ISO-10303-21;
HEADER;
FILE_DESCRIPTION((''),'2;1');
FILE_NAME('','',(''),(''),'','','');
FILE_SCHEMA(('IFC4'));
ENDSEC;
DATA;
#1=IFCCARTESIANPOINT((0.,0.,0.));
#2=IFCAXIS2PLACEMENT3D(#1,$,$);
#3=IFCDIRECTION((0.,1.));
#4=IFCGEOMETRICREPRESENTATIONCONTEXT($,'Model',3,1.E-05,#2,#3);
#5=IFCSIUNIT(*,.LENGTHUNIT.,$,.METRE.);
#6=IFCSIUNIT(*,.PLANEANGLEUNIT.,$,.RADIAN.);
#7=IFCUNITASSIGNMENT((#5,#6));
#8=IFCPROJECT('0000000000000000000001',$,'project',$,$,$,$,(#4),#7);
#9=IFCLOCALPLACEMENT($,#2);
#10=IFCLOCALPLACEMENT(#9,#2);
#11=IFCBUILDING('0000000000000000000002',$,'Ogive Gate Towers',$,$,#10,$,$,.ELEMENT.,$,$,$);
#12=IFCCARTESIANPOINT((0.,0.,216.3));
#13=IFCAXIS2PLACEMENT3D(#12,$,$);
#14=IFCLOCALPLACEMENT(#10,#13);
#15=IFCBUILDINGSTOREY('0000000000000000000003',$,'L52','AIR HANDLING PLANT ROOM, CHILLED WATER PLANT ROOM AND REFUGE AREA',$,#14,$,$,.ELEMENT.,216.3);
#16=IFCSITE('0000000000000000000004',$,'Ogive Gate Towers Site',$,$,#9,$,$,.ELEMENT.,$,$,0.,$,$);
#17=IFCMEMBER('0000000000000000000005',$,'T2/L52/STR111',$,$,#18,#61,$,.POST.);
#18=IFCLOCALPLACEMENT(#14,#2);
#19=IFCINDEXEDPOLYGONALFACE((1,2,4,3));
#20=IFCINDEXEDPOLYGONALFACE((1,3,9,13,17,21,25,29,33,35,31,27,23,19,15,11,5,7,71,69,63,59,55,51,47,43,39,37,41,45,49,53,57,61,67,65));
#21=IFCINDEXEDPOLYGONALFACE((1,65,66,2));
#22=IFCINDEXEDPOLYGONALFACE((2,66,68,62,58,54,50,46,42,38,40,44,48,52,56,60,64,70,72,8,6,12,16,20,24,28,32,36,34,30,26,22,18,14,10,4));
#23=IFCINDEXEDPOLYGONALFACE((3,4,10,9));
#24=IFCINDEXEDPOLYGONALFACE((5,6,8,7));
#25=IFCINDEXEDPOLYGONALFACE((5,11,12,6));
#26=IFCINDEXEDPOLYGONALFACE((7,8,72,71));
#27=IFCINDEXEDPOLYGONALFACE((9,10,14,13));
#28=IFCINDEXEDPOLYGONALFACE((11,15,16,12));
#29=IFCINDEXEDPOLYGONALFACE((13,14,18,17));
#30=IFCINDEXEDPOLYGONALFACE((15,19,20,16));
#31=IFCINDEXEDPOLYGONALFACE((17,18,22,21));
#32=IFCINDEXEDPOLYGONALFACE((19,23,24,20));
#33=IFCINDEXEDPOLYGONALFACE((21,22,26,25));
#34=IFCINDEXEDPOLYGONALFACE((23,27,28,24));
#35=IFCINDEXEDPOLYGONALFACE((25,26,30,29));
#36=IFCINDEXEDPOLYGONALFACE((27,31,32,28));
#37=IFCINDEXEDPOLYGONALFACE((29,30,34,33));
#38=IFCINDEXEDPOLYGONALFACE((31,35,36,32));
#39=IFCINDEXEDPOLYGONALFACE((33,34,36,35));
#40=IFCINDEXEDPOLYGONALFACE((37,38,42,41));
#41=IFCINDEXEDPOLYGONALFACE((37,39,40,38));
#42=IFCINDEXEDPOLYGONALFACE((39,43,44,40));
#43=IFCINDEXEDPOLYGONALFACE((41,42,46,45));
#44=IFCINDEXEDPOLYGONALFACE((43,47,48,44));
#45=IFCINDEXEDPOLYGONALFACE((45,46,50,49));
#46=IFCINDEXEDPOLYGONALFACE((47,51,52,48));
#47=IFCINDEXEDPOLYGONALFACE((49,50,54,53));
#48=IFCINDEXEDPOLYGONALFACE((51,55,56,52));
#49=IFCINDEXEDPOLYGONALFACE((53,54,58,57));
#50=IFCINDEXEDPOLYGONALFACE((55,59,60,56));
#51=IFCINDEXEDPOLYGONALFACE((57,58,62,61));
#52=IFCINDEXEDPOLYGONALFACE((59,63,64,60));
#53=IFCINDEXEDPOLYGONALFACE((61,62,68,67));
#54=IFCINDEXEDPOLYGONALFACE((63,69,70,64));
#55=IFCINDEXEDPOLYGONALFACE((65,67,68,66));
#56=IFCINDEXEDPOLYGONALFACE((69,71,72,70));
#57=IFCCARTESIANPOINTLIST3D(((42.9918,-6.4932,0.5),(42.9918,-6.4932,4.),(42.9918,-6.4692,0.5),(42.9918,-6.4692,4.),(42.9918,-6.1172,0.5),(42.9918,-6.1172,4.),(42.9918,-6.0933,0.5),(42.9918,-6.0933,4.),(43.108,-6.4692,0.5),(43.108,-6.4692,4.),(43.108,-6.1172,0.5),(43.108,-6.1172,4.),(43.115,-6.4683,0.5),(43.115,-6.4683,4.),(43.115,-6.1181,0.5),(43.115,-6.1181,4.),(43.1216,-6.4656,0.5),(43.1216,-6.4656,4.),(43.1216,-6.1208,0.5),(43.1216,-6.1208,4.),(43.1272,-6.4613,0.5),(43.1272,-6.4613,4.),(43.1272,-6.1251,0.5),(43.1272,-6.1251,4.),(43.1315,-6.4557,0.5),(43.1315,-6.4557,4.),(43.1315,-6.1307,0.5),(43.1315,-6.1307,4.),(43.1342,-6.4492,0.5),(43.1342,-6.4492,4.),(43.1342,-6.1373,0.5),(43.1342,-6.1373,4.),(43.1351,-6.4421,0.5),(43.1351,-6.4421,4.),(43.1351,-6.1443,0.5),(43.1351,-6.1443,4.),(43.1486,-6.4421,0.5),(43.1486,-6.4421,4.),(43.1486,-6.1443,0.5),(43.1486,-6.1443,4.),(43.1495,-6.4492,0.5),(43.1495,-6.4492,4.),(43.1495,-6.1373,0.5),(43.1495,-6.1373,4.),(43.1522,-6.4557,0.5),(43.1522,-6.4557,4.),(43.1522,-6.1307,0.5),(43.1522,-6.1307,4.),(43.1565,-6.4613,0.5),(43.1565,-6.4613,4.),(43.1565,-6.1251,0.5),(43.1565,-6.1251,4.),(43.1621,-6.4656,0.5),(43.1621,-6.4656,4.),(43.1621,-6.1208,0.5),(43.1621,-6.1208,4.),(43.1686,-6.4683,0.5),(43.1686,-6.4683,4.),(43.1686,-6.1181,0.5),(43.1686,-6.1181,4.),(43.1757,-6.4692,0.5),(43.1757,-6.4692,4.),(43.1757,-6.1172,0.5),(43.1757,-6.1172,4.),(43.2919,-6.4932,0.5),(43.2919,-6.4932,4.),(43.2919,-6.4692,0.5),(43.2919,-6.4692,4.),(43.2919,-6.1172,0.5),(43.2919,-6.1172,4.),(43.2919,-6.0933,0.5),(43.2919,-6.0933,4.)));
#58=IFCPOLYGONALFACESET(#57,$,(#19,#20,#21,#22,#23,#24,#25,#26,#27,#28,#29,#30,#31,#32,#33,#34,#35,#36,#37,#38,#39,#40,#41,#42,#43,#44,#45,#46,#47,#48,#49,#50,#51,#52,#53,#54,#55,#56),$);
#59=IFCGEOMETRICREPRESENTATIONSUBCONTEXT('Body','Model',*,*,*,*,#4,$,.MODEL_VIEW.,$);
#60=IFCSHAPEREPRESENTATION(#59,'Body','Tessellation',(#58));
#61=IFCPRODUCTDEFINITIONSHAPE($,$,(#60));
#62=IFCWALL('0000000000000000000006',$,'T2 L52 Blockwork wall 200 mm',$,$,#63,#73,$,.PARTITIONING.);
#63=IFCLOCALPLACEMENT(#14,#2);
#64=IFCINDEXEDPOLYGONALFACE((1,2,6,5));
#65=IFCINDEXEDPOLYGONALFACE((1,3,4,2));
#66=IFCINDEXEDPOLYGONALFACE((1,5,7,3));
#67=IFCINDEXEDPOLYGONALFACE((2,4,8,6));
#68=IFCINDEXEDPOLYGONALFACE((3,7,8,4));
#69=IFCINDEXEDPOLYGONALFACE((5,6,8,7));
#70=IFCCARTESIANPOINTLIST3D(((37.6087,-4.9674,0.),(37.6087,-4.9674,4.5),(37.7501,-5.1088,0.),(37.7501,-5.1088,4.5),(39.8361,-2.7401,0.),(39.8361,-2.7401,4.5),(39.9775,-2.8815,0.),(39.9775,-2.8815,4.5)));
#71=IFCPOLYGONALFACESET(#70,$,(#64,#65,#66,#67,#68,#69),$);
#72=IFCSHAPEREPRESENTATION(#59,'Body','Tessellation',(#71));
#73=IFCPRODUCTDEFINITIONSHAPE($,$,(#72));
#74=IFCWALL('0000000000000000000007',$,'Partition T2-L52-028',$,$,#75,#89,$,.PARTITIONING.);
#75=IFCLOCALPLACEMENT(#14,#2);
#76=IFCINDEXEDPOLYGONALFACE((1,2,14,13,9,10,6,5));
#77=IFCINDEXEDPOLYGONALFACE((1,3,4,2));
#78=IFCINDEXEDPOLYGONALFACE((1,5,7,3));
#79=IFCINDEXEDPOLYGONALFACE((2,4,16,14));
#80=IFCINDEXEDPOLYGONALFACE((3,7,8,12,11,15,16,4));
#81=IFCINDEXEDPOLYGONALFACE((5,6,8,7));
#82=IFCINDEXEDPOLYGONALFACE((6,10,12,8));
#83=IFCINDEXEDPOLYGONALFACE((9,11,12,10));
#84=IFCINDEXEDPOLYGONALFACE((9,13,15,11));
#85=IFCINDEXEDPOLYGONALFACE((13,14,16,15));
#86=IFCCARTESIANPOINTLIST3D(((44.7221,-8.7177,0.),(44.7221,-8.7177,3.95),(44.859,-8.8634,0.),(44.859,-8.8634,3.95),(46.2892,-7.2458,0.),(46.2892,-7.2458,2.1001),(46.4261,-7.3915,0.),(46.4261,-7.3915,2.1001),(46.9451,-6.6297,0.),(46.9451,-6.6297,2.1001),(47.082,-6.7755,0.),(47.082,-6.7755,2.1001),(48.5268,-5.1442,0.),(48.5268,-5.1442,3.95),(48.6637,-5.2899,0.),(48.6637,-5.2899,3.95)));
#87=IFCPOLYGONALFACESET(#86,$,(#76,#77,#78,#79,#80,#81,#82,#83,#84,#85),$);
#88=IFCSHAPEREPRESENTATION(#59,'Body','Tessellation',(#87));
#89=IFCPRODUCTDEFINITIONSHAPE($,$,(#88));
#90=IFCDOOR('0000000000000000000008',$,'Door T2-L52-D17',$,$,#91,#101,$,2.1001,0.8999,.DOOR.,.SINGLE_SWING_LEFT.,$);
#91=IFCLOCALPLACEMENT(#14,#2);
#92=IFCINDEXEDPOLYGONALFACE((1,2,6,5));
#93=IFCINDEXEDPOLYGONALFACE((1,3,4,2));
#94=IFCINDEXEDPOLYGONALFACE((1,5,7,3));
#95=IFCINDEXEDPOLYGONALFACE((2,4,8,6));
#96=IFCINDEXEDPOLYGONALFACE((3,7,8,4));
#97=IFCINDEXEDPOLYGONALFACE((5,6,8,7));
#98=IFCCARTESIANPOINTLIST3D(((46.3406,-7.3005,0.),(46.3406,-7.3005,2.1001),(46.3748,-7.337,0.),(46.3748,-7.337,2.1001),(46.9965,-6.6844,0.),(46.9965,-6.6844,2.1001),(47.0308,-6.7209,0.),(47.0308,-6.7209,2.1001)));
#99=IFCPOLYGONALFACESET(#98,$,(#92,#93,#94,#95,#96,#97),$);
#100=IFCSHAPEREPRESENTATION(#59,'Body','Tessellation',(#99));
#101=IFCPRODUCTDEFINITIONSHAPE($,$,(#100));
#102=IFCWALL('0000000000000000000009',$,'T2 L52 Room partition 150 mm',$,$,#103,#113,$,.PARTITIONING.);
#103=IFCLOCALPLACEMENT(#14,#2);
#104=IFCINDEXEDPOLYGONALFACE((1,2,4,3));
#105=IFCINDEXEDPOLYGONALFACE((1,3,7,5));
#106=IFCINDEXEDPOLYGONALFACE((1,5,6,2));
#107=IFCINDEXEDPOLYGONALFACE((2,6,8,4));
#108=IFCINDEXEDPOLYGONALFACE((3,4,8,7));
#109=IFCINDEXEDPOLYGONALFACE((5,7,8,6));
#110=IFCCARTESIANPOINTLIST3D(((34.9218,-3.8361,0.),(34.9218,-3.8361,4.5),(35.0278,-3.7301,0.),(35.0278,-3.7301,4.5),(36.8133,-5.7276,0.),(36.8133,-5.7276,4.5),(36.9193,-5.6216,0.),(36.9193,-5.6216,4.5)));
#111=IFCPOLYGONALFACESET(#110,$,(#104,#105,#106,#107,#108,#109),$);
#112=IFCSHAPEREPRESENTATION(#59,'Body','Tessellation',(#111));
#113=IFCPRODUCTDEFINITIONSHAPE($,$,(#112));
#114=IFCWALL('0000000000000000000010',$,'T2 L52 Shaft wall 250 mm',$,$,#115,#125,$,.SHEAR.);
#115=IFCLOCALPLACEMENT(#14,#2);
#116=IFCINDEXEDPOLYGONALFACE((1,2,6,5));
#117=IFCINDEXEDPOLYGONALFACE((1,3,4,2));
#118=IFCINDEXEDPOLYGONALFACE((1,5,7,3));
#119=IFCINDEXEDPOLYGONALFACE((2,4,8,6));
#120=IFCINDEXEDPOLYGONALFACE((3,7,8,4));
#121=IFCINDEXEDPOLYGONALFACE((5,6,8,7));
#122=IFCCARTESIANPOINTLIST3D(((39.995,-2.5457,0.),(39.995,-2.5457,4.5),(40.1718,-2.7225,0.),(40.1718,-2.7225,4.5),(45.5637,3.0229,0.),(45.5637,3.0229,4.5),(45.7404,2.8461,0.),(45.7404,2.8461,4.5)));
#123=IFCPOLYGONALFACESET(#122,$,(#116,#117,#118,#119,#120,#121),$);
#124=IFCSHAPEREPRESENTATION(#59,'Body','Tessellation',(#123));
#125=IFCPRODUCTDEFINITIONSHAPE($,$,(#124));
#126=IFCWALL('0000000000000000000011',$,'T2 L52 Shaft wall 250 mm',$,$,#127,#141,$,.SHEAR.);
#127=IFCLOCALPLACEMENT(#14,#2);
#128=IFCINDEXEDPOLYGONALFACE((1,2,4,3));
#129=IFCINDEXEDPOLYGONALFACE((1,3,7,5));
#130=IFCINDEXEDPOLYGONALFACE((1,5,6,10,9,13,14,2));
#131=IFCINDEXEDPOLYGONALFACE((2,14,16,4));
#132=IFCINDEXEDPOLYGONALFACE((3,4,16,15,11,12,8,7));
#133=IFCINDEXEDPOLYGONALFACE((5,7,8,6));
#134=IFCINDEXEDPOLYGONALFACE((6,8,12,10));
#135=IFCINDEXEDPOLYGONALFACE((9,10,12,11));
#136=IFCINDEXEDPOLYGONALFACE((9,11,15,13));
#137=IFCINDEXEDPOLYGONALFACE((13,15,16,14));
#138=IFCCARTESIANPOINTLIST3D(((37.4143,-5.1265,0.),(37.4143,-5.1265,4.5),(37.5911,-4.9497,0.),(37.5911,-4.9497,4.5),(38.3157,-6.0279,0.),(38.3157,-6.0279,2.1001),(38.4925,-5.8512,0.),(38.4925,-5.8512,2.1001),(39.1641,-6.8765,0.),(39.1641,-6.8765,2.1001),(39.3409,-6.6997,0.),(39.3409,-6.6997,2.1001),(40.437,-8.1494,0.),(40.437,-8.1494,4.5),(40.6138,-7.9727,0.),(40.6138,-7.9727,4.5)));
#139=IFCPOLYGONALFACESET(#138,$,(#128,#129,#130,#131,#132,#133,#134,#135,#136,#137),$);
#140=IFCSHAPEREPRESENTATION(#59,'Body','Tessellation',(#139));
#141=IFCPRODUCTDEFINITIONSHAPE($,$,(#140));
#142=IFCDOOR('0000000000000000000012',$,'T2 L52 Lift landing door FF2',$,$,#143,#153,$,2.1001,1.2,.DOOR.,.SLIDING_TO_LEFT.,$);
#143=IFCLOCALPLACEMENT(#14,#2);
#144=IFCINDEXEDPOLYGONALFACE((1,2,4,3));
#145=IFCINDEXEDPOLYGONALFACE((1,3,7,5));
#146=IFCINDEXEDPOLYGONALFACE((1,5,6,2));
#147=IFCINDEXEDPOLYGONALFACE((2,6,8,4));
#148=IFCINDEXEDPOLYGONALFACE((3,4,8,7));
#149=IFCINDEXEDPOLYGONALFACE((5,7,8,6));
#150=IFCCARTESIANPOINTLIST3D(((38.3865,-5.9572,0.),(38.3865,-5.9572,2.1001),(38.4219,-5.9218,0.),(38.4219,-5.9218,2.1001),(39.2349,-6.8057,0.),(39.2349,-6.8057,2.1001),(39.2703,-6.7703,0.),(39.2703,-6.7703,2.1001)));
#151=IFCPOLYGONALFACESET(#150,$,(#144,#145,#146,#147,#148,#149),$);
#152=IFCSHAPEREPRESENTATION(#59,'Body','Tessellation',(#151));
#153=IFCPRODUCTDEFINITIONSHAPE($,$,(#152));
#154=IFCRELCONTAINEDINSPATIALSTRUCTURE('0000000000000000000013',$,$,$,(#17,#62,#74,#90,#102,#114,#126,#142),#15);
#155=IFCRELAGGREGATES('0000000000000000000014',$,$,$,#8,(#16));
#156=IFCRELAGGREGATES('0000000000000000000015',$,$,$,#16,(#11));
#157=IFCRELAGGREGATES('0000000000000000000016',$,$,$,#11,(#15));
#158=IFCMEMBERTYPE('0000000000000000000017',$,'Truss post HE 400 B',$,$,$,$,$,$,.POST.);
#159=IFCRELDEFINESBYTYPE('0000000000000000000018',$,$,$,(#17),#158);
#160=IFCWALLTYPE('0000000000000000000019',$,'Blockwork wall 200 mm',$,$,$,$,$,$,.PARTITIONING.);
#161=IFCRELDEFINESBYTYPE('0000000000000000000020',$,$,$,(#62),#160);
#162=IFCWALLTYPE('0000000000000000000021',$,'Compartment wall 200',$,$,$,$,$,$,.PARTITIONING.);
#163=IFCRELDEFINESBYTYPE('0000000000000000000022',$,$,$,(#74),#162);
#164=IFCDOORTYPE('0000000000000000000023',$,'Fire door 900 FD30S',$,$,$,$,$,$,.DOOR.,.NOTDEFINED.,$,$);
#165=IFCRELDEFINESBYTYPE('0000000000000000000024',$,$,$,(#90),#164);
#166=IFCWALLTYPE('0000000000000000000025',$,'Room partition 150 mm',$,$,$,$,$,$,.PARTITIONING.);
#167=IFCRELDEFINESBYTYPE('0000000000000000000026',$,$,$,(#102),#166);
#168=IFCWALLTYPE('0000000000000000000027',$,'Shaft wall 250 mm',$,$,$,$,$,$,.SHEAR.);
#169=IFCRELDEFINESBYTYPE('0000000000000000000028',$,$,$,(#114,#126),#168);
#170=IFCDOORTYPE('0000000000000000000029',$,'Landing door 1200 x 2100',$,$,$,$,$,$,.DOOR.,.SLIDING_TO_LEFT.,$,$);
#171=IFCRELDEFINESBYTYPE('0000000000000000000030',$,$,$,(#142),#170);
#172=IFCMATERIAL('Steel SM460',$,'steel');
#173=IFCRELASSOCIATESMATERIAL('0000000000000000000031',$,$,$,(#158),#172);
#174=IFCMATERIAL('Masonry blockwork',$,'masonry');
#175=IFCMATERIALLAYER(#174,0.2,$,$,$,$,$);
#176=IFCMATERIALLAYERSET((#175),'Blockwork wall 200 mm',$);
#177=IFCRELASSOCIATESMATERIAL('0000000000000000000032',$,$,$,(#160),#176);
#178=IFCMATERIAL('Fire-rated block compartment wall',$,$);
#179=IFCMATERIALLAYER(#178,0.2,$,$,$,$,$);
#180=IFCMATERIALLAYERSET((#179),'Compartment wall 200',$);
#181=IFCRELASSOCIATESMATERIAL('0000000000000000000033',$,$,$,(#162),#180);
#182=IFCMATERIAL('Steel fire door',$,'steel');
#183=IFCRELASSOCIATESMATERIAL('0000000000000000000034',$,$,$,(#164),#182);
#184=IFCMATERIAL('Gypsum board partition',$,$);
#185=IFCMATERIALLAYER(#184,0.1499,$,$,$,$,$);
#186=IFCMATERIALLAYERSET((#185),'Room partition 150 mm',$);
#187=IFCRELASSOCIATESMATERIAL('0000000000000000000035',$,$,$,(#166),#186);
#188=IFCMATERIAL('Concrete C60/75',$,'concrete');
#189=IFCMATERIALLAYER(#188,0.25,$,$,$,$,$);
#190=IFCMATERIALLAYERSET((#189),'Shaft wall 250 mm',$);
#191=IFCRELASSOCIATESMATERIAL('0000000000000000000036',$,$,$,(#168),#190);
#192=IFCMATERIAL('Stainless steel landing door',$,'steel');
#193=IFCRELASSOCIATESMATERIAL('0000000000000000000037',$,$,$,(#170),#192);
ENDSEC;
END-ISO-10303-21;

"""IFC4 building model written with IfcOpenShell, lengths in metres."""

from ifc_helpers import new_model, si_unit, direction, frame, frame_2d, origin, origin_2d, place, context, subcontext, project, spatial, rectangle, i_section, extrude, material, layer, layer_set, material_profile, profile_set, type_object, element, fill, save


model = new_model("IFC4")

# Units and contexts
model_context = context("Model", 3, precision=1e-05, world=origin(), true_north=direction((0.0, 1.0)))
body_context = subcontext(model_context, "Body", "Model", "MODEL_VIEW")
ifc_project = project(units=[si_unit("LENGTHUNIT", "METRE"), si_unit("PLANEANGLEUNIT", "RADIAN")], contexts=[model_context])

# Site, building, storey
site_placement = place(None, origin())
site = spatial("IfcSite", under=ifc_project, at=site_placement, Name="Ogive Gate Towers Site", CompositionType="ELEMENT", RefElevation=0.0)
building_placement = place(site_placement, origin())
building = spatial("IfcBuilding", under=site, at=building_placement, Name="Ogive Gate Towers", CompositionType="ELEMENT")
storey_placement = place(building_placement, frame((0.0, 0.0, 216.3)))
storey = spatial("IfcBuildingStorey", under=building, at=storey_placement, Name="L52", Description="AIR HANDLING PLANT ROOM, CHILLED WATER PLANT ROOM AND REFUGE AREA", CompositionType="ELEMENT", Elevation=216.3)

# Shared definitions
ifc_material_1 = material(Name="Steel SM460", Category="steel")

# Member
ifc_material_profile_1 = material_profile(ifc_material_1, i_section(OverallWidth=0.3, OverallDepth=0.3999, WebThickness=0.0134, FlangeThickness=0.0239, FilletRadius=0.0271, at=origin_2d()), Name="HE 400 B")
ifc_profile_set_1 = profile_set([ifc_material_profile_1], Name="Steel SM460")
member_type_1 = type_object("IfcMemberType", Name="Truss post HE 400 B", PredefinedType="POST", material=ifc_profile_set_1)
member_1_placement = place(storey_placement, frame((43.1418, -6.2932, 0.5), z_axis=(0.0, 0.0, 1.0), x_axis=(1.0, 0.0, 0.0)))
element("IfcMember", 1, at=member_1_placement, inside=storey, type_object=member_type_1, Name="T2/L52/STR111", PredefinedType="POST", context=body_context, shape_type="SweptSolid", body=[
    extrude(i_section(OverallWidth=0.3, OverallDepth=0.3999, WebThickness=0.0134, FlangeThickness=0.0239, FilletRadius=0.0271, at=origin_2d()), origin(), (0.0, 0.0, 1.0), 3.5),
])

# Wall
ifc_material_2 = material(Name="Masonry blockwork", Category="masonry")
ifc_layer_1 = layer(ifc_material_2, 0.2)
ifc_layer_set_1 = layer_set([ifc_layer_1], Name="Blockwork wall 200 mm")
wall_type_1 = type_object("IfcWallType", Name="Blockwork wall 200 mm", PredefinedType="PARTITIONING", material=ifc_layer_set_1)
wall_1_placement = place(storey_placement, frame((37.6794, -5.0381, 0.0), z_axis=(0.0, 0.0, 1.0), x_axis=(0.707107, 0.707107, 0.0)))
element("IfcWall", 2, at=wall_1_placement, inside=storey, type_object=wall_type_1, Name="T2 L52 Blockwork wall 200 mm", PredefinedType="PARTITIONING", context=body_context, shape_type="SweptSolid", body=[
    extrude(rectangle(XDim=3.1499, YDim=0.2, at=frame_2d((1.575, 0.0))), origin(), (0.0, 0.0, 1.0), 4.5),
])

# Wall, opening, door
ifc_material_3 = material(Name="Fire-rated block compartment wall")
ifc_layer_2 = layer(ifc_material_3, 0.2)
ifc_layer_set_2 = layer_set([ifc_layer_2], Name="Compartment wall 200")
wall_type_2 = type_object("IfcWallType", Name="Compartment wall 200", PredefinedType="PARTITIONING", material=ifc_layer_set_2)
wall_2_placement = place(storey_placement, frame((44.7905, -8.7905, 0.0), z_axis=(0.0, 0.0, 1.0), x_axis=(0.728907, 0.684613, 0.0)))
wall_2 = element("IfcWall", 3, at=wall_2_placement, inside=storey, type_object=wall_type_2, Name="Partition T2-L52-028", PredefinedType="PARTITIONING", context=body_context, shape_type="SweptSolid", body=[
    extrude(rectangle(XDim=5.2197, YDim=0.2, at=frame_2d((2.6099, 0.0))), origin(), (0.0, 0.0, 1.0), 3.95),
])
opening_1_placement = place(wall_2_placement, frame((2.1499, 0.0, 0.0)))
opening_1 = element("IfcOpeningElement", 4, at=opening_1_placement, cuts=wall_2, PredefinedType="OPENING", context=body_context, shape_type="SweptSolid", body=[
    extrude(rectangle(XDim=0.8999, YDim=2.1001, at=frame_2d((0.45, 1.05))), frame((0.0, 0.1099, 0.0), z_axis=(0.0, -1.0, 0.0), x_axis=(1.0, 0.0, 0.0)), (0.0, 0.0, 1.0), 0.22),
])
ifc_material_4 = material(Name="Steel fire door", Category="steel")
door_type_1 = type_object("IfcDoorType", Name="Fire door 900 FD30S", OperationType="NOTDEFINED", PredefinedType="DOOR", material=ifc_material_4)
door_1_placement = place(opening_1_placement, origin())
door_1 = element("IfcDoor", 5, at=door_1_placement, inside=storey, type_object=door_type_1, Name="Door T2-L52-D17", OperationType="SINGLE_SWING_LEFT", OverallHeight=2.1001, OverallWidth=0.8999, PredefinedType="DOOR", context=body_context, shape_type="SweptSolid", body=[
    extrude(rectangle(XDim=0.8999, YDim=2.1001, at=frame_2d((0.45, 1.05))), frame((0.0, 0.0249, 0.0), z_axis=(0.0, -1.0, 0.0), x_axis=(1.0, 0.0, 0.0)), (0.0, 0.0, 1.0), 0.05),
])
fill(opening_1, door_1)

# Walls
ifc_material_5 = material(Name="Gypsum board partition")
ifc_layer_3 = layer(ifc_material_5, 0.1499)
ifc_layer_set_3 = layer_set([ifc_layer_3], Name="Room partition 150 mm")
wall_type_3 = type_object("IfcWallType", Name="Room partition 150 mm", PredefinedType="PARTITIONING", material=ifc_layer_set_3)
wall_3_placement = place(storey_placement, frame((36.8662, -5.6746, 0.0), z_axis=(0.0, 0.0, 1.0), x_axis=(-0.707107, 0.707107, 0.0)))
element("IfcWall", 6, at=wall_3_placement, inside=storey, type_object=wall_type_3, Name="T2 L52 Room partition 150 mm", PredefinedType="PARTITIONING", context=body_context, shape_type="SweptSolid", body=[
    extrude(rectangle(XDim=2.675, YDim=0.1499, at=frame_2d((1.3374, 0.0))), origin(), (0.0, 0.0, 1.0), 4.5),
])
ifc_material_6 = material(Name="Concrete C60/75", Category="concrete")
ifc_layer_4 = layer(ifc_material_6, 0.25)
ifc_layer_set_4 = layer_set([ifc_layer_4], Name="Shaft wall 250 mm")
wall_type_4 = type_object("IfcWallType", Name="Shaft wall 250 mm", PredefinedType="SHEAR", material=ifc_layer_set_4)
wall_4_placement = place(storey_placement, frame((40.0835, -2.634, 0.0), z_axis=(0.0, 0.0, 1.0), x_axis=(0.707107, 0.707107, 0.0)))
element("IfcWall", 7, at=wall_4_placement, inside=storey, type_object=wall_type_4, Name="T2 L52 Shaft wall 250 mm", PredefinedType="SHEAR", context=body_context, shape_type="SweptSolid", body=[
    extrude(rectangle(XDim=7.8752, YDim=0.25, at=frame_2d((3.9375, 0.0))), origin(), (0.0, 0.0, 1.0), 4.5),
])

# Wall, opening, door
wall_5_placement = place(storey_placement, frame((40.5254, -8.061, 0.0), z_axis=(0.0, 0.0, 1.0), x_axis=(-0.707078, 0.707135, 0.0)))
wall_5 = element("IfcWall", 8, at=wall_5_placement, inside=storey, type_object=wall_type_4, Name="T2 L52 Shaft wall 250 mm", PredefinedType="SHEAR", context=body_context, shape_type="SweptSolid", body=[
    extrude(rectangle(XDim=4.2749, YDim=0.25, at=frame_2d((2.1375, 0.0))), origin(), (0.0, 0.0, 1.0), 4.5),
])
opening_2_placement = place(wall_5_placement, frame((1.8, 0.0, 0.0)))
opening_2 = element("IfcOpeningElement", 9, at=opening_2_placement, cuts=wall_5, PredefinedType="OPENING", context=body_context, shape_type="SweptSolid", body=[
    extrude(rectangle(XDim=1.2, YDim=2.1001, at=frame_2d((0.6001, 1.05))), frame((0.0, 0.135, 0.0), z_axis=(0.0, -1.0, 0.0), x_axis=(1.0, 0.0, 0.0)), (0.0, 0.0, 1.0), 0.27),
])
ifc_material_7 = material(Name="Stainless steel landing door", Category="steel")
door_type_2 = type_object("IfcDoorType", Name="Landing door 1200 x 2100", OperationType="SLIDING_TO_LEFT", PredefinedType="DOOR", material=ifc_material_7)
door_2_placement = place(opening_2_placement, origin())
door_2 = element("IfcDoor", 10, at=door_2_placement, inside=storey, type_object=door_type_2, Name="T2 L52 Lift landing door FF2", OperationType="SLIDING_TO_LEFT", OverallHeight=2.1001, OverallWidth=1.2, PredefinedType="DOOR", context=body_context, shape_type="SweptSolid", body=[
    extrude(rectangle(XDim=1.2, YDim=2.1001, at=frame_2d((0.6001, 1.05))), frame((0.0, 0.0249, 0.0), z_axis=(0.0, -1.0, 0.0), x_axis=(1.0, 0.0, 0.0)), (0.0, 0.0, 1.0), 0.05),
])
fill(opening_2, door_2)

save(model, "model.ifc")
